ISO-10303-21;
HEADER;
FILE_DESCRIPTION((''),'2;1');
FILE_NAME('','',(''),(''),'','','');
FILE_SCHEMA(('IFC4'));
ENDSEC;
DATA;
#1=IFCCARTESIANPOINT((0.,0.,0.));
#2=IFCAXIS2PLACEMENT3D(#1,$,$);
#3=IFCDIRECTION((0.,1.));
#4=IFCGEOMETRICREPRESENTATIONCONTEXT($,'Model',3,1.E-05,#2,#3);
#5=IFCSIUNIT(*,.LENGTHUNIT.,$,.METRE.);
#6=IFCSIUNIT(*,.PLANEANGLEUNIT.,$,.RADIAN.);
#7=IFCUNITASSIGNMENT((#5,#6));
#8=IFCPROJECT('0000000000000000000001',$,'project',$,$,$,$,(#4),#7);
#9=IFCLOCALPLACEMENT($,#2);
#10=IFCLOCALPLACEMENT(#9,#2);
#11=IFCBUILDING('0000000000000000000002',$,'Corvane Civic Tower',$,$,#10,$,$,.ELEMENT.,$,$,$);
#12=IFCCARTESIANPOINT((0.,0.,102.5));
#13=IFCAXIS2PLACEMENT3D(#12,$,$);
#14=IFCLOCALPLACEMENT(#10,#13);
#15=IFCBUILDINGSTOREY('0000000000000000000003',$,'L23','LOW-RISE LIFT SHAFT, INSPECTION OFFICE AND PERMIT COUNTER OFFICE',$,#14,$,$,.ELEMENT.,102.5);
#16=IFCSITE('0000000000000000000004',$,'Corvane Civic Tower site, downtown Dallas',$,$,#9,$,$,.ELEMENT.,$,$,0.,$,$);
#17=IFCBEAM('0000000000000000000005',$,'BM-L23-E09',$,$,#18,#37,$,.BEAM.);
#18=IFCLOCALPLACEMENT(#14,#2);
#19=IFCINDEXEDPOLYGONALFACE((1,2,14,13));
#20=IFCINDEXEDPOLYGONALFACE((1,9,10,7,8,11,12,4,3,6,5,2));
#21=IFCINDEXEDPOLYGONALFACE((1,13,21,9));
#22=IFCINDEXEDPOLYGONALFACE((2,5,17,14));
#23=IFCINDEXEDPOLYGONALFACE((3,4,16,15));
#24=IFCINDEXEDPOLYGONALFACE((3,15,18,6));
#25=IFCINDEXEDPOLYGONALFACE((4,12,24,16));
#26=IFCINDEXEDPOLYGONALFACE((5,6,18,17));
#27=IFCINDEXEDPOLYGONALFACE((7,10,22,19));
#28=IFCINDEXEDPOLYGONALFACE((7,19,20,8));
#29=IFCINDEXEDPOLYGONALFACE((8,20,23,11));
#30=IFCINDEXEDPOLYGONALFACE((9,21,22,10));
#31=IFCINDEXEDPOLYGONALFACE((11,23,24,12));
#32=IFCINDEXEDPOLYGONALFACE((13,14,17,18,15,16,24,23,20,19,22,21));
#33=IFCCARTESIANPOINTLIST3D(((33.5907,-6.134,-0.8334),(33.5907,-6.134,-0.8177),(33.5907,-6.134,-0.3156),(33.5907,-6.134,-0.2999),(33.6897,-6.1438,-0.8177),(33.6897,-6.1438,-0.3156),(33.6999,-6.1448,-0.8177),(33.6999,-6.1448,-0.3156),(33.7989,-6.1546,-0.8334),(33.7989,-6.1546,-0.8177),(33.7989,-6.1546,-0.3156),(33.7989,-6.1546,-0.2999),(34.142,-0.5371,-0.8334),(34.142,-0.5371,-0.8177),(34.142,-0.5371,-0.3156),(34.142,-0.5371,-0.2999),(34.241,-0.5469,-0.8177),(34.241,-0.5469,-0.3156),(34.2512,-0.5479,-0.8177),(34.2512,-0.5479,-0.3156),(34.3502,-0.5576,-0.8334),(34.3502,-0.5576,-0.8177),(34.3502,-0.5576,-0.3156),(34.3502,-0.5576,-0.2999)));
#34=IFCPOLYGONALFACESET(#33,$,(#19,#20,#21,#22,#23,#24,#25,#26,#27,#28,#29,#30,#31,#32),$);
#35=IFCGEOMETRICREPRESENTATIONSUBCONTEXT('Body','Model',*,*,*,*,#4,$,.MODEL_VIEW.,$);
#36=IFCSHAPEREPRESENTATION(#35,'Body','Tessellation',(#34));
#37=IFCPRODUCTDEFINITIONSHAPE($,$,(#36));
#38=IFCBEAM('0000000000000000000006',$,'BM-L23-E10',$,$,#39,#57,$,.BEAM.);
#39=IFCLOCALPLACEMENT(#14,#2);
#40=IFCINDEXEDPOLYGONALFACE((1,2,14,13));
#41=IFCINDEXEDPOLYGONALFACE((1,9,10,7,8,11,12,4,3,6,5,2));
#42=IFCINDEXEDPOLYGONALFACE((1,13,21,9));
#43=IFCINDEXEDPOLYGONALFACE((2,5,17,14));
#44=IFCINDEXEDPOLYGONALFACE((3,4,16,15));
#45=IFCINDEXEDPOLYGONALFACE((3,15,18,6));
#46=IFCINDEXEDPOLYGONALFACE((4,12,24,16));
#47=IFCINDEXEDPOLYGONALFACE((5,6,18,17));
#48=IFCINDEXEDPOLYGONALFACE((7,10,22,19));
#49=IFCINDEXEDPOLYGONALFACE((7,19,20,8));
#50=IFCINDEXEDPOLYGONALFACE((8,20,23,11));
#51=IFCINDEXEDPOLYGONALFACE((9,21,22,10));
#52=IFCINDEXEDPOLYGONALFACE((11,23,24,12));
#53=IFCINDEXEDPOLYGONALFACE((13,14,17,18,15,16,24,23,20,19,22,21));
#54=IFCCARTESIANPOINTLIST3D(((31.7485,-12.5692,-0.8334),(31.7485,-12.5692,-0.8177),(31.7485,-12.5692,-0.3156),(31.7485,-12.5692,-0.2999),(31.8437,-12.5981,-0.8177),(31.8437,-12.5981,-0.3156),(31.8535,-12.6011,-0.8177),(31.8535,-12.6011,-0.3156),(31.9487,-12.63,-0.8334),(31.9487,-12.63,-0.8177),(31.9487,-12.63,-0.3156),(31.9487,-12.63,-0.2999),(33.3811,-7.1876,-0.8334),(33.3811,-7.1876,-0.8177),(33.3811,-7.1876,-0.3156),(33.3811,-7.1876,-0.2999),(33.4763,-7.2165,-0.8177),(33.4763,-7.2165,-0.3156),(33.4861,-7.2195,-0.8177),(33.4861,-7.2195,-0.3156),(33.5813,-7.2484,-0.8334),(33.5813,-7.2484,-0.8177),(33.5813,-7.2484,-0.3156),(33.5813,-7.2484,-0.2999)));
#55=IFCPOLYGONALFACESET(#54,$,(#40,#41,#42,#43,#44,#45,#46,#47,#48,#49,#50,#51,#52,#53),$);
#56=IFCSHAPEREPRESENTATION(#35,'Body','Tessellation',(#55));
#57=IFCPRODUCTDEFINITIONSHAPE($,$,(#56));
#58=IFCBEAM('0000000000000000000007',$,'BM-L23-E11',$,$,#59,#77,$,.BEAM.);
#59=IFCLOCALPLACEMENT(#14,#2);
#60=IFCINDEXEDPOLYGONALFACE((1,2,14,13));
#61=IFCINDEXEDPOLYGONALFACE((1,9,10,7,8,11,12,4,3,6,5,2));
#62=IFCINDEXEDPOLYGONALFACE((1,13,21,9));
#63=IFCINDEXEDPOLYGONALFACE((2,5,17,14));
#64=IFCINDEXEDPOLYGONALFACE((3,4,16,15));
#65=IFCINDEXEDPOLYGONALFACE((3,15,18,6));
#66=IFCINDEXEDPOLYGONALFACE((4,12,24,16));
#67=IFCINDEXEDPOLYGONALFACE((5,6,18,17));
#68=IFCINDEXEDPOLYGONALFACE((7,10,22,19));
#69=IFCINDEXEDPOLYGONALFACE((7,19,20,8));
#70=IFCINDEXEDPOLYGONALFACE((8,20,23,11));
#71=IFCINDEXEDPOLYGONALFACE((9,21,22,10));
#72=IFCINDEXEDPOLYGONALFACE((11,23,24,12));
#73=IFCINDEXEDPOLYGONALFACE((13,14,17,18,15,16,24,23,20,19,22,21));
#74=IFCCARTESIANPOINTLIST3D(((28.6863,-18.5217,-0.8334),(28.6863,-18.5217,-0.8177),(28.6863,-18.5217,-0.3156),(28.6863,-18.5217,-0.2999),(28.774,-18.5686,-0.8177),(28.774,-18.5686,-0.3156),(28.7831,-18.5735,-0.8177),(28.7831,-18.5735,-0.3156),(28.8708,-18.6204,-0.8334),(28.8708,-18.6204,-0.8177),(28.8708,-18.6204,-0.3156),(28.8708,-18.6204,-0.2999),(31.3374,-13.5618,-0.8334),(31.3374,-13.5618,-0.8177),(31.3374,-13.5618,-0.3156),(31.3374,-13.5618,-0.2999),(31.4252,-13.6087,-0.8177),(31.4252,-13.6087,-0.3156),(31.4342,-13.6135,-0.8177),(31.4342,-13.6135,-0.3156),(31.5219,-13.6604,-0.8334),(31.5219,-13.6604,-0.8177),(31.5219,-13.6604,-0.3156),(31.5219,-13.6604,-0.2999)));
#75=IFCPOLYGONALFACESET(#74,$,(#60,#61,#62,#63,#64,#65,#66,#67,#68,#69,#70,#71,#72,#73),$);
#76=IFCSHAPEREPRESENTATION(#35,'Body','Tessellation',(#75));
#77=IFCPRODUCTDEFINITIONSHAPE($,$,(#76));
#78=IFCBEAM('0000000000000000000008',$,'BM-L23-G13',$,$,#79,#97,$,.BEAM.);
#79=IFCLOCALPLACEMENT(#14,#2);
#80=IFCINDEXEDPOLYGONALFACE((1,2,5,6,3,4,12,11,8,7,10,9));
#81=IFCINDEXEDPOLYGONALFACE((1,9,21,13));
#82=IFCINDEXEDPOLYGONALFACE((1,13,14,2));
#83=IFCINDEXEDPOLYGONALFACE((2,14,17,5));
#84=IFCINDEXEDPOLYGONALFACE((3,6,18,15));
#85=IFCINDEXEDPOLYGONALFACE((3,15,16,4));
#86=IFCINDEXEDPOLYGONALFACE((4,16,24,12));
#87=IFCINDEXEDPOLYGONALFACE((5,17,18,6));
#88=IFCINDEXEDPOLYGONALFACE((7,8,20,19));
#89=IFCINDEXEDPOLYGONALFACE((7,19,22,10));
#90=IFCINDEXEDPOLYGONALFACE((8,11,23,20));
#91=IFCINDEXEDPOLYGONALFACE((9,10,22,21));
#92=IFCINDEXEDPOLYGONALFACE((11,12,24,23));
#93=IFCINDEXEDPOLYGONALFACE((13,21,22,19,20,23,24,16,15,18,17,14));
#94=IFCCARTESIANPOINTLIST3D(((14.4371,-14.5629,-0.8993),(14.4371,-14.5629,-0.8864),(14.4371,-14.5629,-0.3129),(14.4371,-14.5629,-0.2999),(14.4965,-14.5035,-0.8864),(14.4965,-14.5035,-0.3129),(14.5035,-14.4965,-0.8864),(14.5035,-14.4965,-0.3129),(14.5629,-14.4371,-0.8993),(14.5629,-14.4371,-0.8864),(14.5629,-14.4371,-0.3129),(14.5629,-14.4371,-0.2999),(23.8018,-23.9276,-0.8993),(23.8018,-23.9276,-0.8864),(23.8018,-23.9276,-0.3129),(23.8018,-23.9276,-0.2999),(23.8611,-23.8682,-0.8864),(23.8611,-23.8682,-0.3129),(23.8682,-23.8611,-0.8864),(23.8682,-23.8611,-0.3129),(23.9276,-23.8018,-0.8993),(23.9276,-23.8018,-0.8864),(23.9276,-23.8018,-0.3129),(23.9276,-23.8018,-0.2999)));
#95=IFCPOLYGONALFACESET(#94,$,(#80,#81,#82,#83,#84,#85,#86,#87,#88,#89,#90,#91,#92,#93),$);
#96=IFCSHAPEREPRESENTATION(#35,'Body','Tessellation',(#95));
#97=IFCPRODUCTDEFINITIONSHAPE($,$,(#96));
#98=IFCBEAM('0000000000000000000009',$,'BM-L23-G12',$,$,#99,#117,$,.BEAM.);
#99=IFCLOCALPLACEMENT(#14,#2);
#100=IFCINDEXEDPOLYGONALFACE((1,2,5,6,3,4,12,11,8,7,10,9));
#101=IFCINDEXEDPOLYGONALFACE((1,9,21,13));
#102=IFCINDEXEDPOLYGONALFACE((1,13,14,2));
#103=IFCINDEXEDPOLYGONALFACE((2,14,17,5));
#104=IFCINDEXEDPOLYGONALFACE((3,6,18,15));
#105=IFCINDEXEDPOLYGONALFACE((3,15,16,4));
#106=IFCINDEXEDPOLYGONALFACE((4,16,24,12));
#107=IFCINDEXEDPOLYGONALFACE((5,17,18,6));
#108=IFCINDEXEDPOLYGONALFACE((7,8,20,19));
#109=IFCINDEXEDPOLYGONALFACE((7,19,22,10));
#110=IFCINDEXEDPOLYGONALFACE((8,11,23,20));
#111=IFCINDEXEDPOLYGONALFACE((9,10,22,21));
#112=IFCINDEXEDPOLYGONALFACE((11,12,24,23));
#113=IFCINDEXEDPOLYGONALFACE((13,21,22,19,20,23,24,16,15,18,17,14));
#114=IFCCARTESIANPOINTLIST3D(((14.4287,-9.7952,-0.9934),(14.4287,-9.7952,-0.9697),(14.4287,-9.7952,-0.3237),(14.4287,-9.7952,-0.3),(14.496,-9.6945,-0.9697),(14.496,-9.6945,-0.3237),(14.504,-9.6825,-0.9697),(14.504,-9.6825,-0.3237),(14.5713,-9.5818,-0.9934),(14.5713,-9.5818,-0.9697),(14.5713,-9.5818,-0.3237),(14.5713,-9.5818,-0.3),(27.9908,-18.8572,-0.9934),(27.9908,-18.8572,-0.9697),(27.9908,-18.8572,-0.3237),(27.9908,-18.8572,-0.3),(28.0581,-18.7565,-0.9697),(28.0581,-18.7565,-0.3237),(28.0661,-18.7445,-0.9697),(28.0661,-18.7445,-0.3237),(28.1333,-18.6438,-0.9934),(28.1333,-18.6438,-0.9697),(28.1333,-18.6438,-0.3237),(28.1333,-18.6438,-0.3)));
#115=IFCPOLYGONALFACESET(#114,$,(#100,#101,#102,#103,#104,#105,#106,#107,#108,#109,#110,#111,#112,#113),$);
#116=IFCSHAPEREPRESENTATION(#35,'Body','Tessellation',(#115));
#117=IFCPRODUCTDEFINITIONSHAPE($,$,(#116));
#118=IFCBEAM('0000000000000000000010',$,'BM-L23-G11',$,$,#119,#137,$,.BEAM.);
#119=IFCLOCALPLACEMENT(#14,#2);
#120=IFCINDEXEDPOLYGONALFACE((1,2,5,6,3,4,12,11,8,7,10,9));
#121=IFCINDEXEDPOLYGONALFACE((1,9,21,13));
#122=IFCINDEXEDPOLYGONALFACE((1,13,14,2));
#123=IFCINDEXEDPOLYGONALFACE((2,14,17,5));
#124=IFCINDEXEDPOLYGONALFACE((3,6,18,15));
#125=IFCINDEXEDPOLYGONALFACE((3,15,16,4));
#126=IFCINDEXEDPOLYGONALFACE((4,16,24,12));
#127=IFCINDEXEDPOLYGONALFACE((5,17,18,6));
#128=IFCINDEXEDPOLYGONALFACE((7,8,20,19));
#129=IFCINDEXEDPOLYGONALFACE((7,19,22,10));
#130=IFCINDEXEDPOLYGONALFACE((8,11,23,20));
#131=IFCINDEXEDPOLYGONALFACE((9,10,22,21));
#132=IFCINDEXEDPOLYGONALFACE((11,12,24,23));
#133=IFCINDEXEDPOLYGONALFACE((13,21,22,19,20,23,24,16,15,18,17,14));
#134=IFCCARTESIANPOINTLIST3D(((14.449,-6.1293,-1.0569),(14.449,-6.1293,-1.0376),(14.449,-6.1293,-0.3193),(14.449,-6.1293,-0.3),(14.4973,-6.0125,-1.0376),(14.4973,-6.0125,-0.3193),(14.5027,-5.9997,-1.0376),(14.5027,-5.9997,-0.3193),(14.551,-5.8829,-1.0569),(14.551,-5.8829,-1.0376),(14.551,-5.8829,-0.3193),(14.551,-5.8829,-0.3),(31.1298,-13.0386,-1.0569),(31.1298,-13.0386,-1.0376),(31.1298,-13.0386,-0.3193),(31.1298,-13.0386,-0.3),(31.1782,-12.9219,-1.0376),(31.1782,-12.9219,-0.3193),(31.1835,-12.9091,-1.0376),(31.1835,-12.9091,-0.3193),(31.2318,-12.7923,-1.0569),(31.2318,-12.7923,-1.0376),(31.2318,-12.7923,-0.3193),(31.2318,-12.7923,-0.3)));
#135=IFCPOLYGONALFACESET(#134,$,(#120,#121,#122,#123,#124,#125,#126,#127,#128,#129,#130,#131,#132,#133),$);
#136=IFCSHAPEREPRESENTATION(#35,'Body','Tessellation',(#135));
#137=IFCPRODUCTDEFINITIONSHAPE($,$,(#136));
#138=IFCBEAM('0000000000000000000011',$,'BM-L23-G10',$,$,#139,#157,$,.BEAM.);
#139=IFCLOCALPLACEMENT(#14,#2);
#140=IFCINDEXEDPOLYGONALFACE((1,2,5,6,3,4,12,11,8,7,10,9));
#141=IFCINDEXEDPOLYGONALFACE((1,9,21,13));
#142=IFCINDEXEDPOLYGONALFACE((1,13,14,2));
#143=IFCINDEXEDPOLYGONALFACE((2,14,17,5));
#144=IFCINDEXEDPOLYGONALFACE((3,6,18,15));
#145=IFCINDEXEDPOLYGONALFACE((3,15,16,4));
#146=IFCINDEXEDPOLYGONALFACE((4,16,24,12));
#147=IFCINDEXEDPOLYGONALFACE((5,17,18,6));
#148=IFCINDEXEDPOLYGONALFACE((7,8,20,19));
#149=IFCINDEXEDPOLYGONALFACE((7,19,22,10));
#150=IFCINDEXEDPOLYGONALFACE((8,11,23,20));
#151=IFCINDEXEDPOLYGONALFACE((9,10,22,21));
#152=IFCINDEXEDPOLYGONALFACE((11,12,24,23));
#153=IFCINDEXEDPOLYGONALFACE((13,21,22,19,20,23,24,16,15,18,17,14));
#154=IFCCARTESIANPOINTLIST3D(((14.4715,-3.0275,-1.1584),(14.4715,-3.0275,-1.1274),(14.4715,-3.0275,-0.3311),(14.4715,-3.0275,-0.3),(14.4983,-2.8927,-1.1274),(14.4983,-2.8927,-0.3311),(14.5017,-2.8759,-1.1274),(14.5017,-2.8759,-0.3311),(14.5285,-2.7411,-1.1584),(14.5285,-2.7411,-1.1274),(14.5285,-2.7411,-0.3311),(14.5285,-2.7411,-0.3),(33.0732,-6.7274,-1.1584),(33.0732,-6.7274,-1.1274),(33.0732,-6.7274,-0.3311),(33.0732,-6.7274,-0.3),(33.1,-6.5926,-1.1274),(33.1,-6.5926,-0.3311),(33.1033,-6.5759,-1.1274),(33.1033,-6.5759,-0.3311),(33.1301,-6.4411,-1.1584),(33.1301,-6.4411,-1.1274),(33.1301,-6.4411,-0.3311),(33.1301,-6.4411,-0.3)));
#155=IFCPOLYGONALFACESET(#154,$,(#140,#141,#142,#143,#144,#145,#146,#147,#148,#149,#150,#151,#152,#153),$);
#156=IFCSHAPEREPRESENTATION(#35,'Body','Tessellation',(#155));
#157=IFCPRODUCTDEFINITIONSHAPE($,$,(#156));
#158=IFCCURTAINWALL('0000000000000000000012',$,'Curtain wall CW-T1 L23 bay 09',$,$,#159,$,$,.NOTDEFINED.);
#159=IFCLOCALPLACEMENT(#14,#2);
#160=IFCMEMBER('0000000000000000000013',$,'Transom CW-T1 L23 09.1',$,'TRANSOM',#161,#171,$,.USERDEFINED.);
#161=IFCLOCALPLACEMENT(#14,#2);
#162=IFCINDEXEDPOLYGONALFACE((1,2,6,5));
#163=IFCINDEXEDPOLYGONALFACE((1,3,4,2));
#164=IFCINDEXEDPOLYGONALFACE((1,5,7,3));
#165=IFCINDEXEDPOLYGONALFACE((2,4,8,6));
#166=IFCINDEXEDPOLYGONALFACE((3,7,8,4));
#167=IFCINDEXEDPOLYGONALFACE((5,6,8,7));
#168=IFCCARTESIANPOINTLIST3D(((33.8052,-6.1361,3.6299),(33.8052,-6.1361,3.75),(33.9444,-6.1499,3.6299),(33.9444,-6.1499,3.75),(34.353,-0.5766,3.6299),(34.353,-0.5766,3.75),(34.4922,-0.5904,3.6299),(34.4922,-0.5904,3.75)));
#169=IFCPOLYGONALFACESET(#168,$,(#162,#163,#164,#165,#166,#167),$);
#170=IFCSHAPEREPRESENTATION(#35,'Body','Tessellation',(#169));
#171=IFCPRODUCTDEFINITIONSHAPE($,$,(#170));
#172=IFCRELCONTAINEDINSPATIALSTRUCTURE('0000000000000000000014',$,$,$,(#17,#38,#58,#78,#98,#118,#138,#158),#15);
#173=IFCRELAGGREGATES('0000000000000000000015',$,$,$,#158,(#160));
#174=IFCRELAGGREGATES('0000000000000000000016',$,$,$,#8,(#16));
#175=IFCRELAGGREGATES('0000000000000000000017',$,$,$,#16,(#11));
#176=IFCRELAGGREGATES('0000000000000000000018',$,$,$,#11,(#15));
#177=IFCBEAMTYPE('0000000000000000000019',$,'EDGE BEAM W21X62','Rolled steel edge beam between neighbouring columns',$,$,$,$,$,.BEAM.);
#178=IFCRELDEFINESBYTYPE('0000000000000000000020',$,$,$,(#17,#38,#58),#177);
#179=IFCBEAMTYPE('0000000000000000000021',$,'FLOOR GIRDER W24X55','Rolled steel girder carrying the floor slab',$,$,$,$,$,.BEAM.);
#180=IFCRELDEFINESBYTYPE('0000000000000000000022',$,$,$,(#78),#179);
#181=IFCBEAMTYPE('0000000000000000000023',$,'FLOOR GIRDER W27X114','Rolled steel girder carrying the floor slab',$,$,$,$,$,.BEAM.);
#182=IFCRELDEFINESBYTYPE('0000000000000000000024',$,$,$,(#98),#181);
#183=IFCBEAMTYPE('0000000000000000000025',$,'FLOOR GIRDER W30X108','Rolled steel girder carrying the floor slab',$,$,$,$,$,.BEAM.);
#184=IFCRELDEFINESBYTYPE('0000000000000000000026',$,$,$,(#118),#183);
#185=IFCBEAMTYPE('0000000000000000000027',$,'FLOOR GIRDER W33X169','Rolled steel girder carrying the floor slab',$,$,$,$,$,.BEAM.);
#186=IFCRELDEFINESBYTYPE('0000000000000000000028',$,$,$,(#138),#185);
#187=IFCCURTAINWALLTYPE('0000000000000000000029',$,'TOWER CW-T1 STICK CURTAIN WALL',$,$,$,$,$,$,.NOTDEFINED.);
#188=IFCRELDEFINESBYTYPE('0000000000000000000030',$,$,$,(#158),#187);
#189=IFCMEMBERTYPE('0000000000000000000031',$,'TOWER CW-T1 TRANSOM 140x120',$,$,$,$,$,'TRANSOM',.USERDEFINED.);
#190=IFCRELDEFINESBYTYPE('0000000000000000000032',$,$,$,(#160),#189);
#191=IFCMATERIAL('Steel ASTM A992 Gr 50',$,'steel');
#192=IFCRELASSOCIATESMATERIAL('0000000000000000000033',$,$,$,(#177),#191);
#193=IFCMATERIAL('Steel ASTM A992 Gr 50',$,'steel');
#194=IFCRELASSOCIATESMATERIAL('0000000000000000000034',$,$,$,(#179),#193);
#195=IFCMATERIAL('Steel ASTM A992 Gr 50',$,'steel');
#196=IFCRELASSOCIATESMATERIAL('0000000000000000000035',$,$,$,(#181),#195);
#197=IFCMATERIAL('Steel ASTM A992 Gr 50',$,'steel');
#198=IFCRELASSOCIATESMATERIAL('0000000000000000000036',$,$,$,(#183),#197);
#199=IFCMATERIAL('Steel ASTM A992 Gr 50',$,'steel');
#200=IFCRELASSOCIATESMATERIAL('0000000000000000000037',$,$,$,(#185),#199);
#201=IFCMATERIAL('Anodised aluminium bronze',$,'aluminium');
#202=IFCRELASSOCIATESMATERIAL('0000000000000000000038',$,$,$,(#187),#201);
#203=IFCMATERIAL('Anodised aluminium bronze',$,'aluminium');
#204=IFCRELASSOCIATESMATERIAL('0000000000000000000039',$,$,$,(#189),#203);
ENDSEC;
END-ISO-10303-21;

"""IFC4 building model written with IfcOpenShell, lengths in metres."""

from ifc_helpers import new_model, si_unit, direction, frame, origin, origin_2d, place, context, subcontext, project, spatial, rectangle, i_section, extrude, material, material_profile, profile_set, type_object, element, aggregate, save


model = new_model("IFC4")

# Units and contexts
model_context = context("Model", 3, precision=1e-05, world=origin(), true_north=direction((0.0, 1.0)))
body_context = subcontext(model_context, "Body", "Model", "MODEL_VIEW")
ifc_project = project(units=[si_unit("LENGTHUNIT", "METRE"), si_unit("PLANEANGLEUNIT", "RADIAN")], contexts=[model_context])

# Site, building, storey
site_placement = place(None, origin())
site = spatial("IfcSite", under=ifc_project, at=site_placement, Name="Corvane Civic Tower site, downtown Dallas", CompositionType="ELEMENT", RefElevation=0.0)
building_placement = place(site_placement, origin())
building = spatial("IfcBuilding", under=site, at=building_placement, Name="Corvane Civic Tower", CompositionType="ELEMENT")
storey_placement = place(building_placement, frame((0.0, 0.0, 102.5)))
storey = spatial("IfcBuildingStorey", under=building, at=storey_placement, Name="L23", Description="LOW-RISE LIFT SHAFT, INSPECTION OFFICE AND PERMIT COUNTER OFFICE", CompositionType="ELEMENT", Elevation=102.5)

# Beams
ifc_material_1 = material(Name="Steel ASTM A992 Gr 50", Category="steel")
ifc_material_profile_1 = material_profile(ifc_material_1, i_section(OverallWidth=0.2092, OverallDepth=0.5334, WebThickness=0.0103, FlangeThickness=0.0156, at=origin_2d()), Name="W21X62")
ifc_profile_set_1 = profile_set([ifc_material_profile_1], Name="Steel ASTM A992 Gr 50")
beam_type_1 = type_object("IfcBeamType", Name="EDGE BEAM W21X62", Description="Rolled steel edge beam between neighbouring columns", PredefinedType="BEAM", material=ifc_profile_set_1)
beam_1_placement = place(storey_placement, frame((34.2461, -0.5474, -0.5667), z_axis=(-0.098021, -0.995184, 0.0), x_axis=(0.995184, -0.098021, 0.0)))
element("IfcBeam", 1, at=beam_1_placement, inside=storey, type_object=beam_type_1, Name="BM-L23-E09", PredefinedType="BEAM", context=body_context, shape_type="SweptSolid", body=[
    extrude(i_section(OverallWidth=0.2092, OverallDepth=0.5334, WebThickness=0.0103, FlangeThickness=0.0156, at=origin_2d()), origin(), (0.0, 0.0, 1.0), 5.624),
])
beam_2_placement = place(storey_placement, frame((33.4812, -7.218, -0.5667), z_axis=(-0.290298, -0.956936, 0.0), x_axis=(0.956936, -0.290298, 0.0)))
element("IfcBeam", 2, at=beam_2_placement, inside=storey, type_object=beam_type_1, Name="BM-L23-E10", PredefinedType="BEAM", context=body_context, shape_type="SweptSolid", body=[
    extrude(i_section(OverallWidth=0.2092, OverallDepth=0.5334, WebThickness=0.0103, FlangeThickness=0.0156, at=origin_2d()), origin(), (0.0, 0.0, 1.0), 5.6238),
])
beam_3_placement = place(storey_placement, frame((31.4297, -13.6111, -0.5667), z_axis=(-0.471392, -0.881924, 0.0), x_axis=(0.881924, -0.471392, 0.0)))
element("IfcBeam", 3, at=beam_3_placement, inside=storey, type_object=beam_type_1, Name="BM-L23-E11", PredefinedType="BEAM", context=body_context, shape_type="SweptSolid", body=[
    extrude(i_section(OverallWidth=0.2092, OverallDepth=0.5334, WebThickness=0.0103, FlangeThickness=0.0156, at=origin_2d()), origin(), (0.0, 0.0, 1.0), 5.624),
])
ifc_material_2 = material(Name="Steel ASTM A992 Gr 50", Category="steel")
ifc_material_profile_2 = material_profile(ifc_material_2, i_section(OverallWidth=0.178, OverallDepth=0.5994, WebThickness=0.01, FlangeThickness=0.0129, at=origin_2d()), Name="W24X55")
ifc_profile_set_2 = profile_set([ifc_material_profile_2], Name="Steel ASTM A992 Gr 50")
beam_type_2 = type_object("IfcBeamType", Name="FLOOR GIRDER W24X55", Description="Rolled steel girder carrying the floor slab", PredefinedType="BEAM", material=ifc_profile_set_2)
beam_4_placement = place(storey_placement, frame((14.5, -14.5, -0.5996), z_axis=(0.707107, -0.707107, 0.0), x_axis=(0.707107, 0.707107, 0.0)))
element("IfcBeam", 4, at=beam_4_placement, inside=storey, type_object=beam_type_2, Name="BM-L23-G13", PredefinedType="BEAM", context=body_context, shape_type="SweptSolid", body=[
    extrude(i_section(OverallWidth=0.178, OverallDepth=0.5994, WebThickness=0.01, FlangeThickness=0.0129, at=origin_2d()), origin(), (0.0, 0.0, 1.0), 13.2437),
])
ifc_material_3 = material(Name="Steel ASTM A992 Gr 50", Category="steel")
ifc_material_profile_3 = material_profile(ifc_material_3, i_section(OverallWidth=0.2566, OverallDepth=0.6934, WebThickness=0.0144, FlangeThickness=0.0237, at=origin_2d()), Name="W27X114")
ifc_profile_set_3 = profile_set([ifc_material_profile_3], Name="Steel ASTM A992 Gr 50")
beam_type_3 = type_object("IfcBeamType", Name="FLOOR GIRDER W27X114", Description="Rolled steel girder carrying the floor slab", PredefinedType="BEAM", material=ifc_profile_set_3)
beam_5_placement = place(storey_placement, frame((14.5, -9.6885, -0.6467), z_axis=(0.831465, -0.555577, 0.0), x_axis=(0.555577, 0.831465, 0.0)))
element("IfcBeam", 5, at=beam_5_placement, inside=storey, type_object=beam_type_3, Name="BM-L23-G12", PredefinedType="BEAM", context=body_context, shape_type="SweptSolid", body=[
    extrude(i_section(OverallWidth=0.2566, OverallDepth=0.6934, WebThickness=0.0144, FlangeThickness=0.0237, at=origin_2d()), origin(), (0.0, 0.0, 1.0), 16.311),
])
ifc_material_4 = material(Name="Steel ASTM A992 Gr 50", Category="steel")
ifc_material_profile_4 = material_profile(ifc_material_4, i_section(OverallWidth=0.2666, OverallDepth=0.7568, WebThickness=0.0139, FlangeThickness=0.0193, at=origin_2d()), Name="W30X108")
ifc_profile_set_4 = profile_set([ifc_material_profile_4], Name="Steel ASTM A992 Gr 50")
beam_type_4 = type_object("IfcBeamType", Name="FLOOR GIRDER W30X108", Description="Rolled steel girder carrying the floor slab", PredefinedType="BEAM", material=ifc_profile_set_4)
beam_6_placement = place(storey_placement, frame((14.5, -6.0061, -0.6785), z_axis=(0.92388, -0.382682, 0.0), x_axis=(0.382682, 0.92388, 0.0)))
element("IfcBeam", 6, at=beam_6_placement, inside=storey, type_object=beam_type_4, Name="BM-L23-G11", PredefinedType="BEAM", context=body_context, shape_type="SweptSolid", body=[
    extrude(i_section(OverallWidth=0.2666, OverallDepth=0.7568, WebThickness=0.0139, FlangeThickness=0.0193, at=origin_2d()), origin(), (0.0, 0.0, 1.0), 18.0552),
])
ifc_material_5 = material(Name="Steel ASTM A992 Gr 50", Category="steel")
ifc_material_profile_5 = material_profile(ifc_material_5, i_section(OverallWidth=0.292, OverallDepth=0.8584, WebThickness=0.0171, FlangeThickness=0.031, at=origin_2d()), Name="W33X169")
ifc_profile_set_5 = profile_set([ifc_material_profile_5], Name="Steel ASTM A992 Gr 50")
beam_type_5 = type_object("IfcBeamType", Name="FLOOR GIRDER W33X169", Description="Rolled steel girder carrying the floor slab", PredefinedType="BEAM", material=ifc_profile_set_5)
beam_7_placement = place(storey_placement, frame((14.5, -2.8843, -0.7292), z_axis=(0.980787, -0.195084, 0.0), x_axis=(0.195084, 0.980787, 0.0)))
element("IfcBeam", 7, at=beam_7_placement, inside=storey, type_object=beam_type_5, Name="BM-L23-G10", PredefinedType="BEAM", context=body_context, shape_type="SweptSolid", body=[
    extrude(i_section(OverallWidth=0.292, OverallDepth=0.8584, WebThickness=0.0171, FlangeThickness=0.031, at=origin_2d()), origin(), (0.0, 0.0, 1.0), 18.9661),
])

# Curtain wall, member
ifc_material_6 = material(Name="Anodised aluminium bronze", Category="aluminium")
curtain_wall_type = type_object("IfcCurtainWallType", Name="TOWER CW-T1 STICK CURTAIN WALL", PredefinedType="NOTDEFINED", material=ifc_material_6)
curtain_wall_1_placement = place(storey_placement, origin())
curtain_wall_1 = element("IfcCurtainWall", 8, at=curtain_wall_1_placement, inside=storey, type_object=curtain_wall_type, Name="Curtain wall CW-T1 L23 bay 09", PredefinedType="NOTDEFINED")
ifc_material_7 = material(Name="Anodised aluminium bronze", Category="aluminium")
ifc_material_profile_6 = material_profile(ifc_material_7, rectangle(XDim=0.1399, YDim=0.1201, at=origin_2d()), Name="TOWER CW-T1 TRANSOM 140x120")
ifc_profile_set_6 = profile_set([ifc_material_profile_6], Name="Anodised aluminium bronze")
member_type = type_object("IfcMemberType", Name="TOWER CW-T1 TRANSOM 140x120", ElementType="TRANSOM", PredefinedType="USERDEFINED", material=ifc_profile_set_6)
member_1_placement = place(storey_placement, frame((34.4226, -0.5835, 3.6899), z_axis=(-0.098067, -0.99518, 0.0), x_axis=(0.99518, -0.098067, 0.0)))
member_1 = element("IfcMember", 9, at=member_1_placement, type_object=member_type, Name="Transom CW-T1 L23 09.1", ObjectType="TRANSOM", PredefinedType="USERDEFINED", context=body_context, shape_type="SweptSolid", body=[
    extrude(rectangle(XDim=0.1399, YDim=0.1201, at=origin_2d()), origin(), (0.0, 0.0, 1.0), 5.5864),
])

aggregate(curtain_wall_1, [member_1])

save(model, "model.ifc")
